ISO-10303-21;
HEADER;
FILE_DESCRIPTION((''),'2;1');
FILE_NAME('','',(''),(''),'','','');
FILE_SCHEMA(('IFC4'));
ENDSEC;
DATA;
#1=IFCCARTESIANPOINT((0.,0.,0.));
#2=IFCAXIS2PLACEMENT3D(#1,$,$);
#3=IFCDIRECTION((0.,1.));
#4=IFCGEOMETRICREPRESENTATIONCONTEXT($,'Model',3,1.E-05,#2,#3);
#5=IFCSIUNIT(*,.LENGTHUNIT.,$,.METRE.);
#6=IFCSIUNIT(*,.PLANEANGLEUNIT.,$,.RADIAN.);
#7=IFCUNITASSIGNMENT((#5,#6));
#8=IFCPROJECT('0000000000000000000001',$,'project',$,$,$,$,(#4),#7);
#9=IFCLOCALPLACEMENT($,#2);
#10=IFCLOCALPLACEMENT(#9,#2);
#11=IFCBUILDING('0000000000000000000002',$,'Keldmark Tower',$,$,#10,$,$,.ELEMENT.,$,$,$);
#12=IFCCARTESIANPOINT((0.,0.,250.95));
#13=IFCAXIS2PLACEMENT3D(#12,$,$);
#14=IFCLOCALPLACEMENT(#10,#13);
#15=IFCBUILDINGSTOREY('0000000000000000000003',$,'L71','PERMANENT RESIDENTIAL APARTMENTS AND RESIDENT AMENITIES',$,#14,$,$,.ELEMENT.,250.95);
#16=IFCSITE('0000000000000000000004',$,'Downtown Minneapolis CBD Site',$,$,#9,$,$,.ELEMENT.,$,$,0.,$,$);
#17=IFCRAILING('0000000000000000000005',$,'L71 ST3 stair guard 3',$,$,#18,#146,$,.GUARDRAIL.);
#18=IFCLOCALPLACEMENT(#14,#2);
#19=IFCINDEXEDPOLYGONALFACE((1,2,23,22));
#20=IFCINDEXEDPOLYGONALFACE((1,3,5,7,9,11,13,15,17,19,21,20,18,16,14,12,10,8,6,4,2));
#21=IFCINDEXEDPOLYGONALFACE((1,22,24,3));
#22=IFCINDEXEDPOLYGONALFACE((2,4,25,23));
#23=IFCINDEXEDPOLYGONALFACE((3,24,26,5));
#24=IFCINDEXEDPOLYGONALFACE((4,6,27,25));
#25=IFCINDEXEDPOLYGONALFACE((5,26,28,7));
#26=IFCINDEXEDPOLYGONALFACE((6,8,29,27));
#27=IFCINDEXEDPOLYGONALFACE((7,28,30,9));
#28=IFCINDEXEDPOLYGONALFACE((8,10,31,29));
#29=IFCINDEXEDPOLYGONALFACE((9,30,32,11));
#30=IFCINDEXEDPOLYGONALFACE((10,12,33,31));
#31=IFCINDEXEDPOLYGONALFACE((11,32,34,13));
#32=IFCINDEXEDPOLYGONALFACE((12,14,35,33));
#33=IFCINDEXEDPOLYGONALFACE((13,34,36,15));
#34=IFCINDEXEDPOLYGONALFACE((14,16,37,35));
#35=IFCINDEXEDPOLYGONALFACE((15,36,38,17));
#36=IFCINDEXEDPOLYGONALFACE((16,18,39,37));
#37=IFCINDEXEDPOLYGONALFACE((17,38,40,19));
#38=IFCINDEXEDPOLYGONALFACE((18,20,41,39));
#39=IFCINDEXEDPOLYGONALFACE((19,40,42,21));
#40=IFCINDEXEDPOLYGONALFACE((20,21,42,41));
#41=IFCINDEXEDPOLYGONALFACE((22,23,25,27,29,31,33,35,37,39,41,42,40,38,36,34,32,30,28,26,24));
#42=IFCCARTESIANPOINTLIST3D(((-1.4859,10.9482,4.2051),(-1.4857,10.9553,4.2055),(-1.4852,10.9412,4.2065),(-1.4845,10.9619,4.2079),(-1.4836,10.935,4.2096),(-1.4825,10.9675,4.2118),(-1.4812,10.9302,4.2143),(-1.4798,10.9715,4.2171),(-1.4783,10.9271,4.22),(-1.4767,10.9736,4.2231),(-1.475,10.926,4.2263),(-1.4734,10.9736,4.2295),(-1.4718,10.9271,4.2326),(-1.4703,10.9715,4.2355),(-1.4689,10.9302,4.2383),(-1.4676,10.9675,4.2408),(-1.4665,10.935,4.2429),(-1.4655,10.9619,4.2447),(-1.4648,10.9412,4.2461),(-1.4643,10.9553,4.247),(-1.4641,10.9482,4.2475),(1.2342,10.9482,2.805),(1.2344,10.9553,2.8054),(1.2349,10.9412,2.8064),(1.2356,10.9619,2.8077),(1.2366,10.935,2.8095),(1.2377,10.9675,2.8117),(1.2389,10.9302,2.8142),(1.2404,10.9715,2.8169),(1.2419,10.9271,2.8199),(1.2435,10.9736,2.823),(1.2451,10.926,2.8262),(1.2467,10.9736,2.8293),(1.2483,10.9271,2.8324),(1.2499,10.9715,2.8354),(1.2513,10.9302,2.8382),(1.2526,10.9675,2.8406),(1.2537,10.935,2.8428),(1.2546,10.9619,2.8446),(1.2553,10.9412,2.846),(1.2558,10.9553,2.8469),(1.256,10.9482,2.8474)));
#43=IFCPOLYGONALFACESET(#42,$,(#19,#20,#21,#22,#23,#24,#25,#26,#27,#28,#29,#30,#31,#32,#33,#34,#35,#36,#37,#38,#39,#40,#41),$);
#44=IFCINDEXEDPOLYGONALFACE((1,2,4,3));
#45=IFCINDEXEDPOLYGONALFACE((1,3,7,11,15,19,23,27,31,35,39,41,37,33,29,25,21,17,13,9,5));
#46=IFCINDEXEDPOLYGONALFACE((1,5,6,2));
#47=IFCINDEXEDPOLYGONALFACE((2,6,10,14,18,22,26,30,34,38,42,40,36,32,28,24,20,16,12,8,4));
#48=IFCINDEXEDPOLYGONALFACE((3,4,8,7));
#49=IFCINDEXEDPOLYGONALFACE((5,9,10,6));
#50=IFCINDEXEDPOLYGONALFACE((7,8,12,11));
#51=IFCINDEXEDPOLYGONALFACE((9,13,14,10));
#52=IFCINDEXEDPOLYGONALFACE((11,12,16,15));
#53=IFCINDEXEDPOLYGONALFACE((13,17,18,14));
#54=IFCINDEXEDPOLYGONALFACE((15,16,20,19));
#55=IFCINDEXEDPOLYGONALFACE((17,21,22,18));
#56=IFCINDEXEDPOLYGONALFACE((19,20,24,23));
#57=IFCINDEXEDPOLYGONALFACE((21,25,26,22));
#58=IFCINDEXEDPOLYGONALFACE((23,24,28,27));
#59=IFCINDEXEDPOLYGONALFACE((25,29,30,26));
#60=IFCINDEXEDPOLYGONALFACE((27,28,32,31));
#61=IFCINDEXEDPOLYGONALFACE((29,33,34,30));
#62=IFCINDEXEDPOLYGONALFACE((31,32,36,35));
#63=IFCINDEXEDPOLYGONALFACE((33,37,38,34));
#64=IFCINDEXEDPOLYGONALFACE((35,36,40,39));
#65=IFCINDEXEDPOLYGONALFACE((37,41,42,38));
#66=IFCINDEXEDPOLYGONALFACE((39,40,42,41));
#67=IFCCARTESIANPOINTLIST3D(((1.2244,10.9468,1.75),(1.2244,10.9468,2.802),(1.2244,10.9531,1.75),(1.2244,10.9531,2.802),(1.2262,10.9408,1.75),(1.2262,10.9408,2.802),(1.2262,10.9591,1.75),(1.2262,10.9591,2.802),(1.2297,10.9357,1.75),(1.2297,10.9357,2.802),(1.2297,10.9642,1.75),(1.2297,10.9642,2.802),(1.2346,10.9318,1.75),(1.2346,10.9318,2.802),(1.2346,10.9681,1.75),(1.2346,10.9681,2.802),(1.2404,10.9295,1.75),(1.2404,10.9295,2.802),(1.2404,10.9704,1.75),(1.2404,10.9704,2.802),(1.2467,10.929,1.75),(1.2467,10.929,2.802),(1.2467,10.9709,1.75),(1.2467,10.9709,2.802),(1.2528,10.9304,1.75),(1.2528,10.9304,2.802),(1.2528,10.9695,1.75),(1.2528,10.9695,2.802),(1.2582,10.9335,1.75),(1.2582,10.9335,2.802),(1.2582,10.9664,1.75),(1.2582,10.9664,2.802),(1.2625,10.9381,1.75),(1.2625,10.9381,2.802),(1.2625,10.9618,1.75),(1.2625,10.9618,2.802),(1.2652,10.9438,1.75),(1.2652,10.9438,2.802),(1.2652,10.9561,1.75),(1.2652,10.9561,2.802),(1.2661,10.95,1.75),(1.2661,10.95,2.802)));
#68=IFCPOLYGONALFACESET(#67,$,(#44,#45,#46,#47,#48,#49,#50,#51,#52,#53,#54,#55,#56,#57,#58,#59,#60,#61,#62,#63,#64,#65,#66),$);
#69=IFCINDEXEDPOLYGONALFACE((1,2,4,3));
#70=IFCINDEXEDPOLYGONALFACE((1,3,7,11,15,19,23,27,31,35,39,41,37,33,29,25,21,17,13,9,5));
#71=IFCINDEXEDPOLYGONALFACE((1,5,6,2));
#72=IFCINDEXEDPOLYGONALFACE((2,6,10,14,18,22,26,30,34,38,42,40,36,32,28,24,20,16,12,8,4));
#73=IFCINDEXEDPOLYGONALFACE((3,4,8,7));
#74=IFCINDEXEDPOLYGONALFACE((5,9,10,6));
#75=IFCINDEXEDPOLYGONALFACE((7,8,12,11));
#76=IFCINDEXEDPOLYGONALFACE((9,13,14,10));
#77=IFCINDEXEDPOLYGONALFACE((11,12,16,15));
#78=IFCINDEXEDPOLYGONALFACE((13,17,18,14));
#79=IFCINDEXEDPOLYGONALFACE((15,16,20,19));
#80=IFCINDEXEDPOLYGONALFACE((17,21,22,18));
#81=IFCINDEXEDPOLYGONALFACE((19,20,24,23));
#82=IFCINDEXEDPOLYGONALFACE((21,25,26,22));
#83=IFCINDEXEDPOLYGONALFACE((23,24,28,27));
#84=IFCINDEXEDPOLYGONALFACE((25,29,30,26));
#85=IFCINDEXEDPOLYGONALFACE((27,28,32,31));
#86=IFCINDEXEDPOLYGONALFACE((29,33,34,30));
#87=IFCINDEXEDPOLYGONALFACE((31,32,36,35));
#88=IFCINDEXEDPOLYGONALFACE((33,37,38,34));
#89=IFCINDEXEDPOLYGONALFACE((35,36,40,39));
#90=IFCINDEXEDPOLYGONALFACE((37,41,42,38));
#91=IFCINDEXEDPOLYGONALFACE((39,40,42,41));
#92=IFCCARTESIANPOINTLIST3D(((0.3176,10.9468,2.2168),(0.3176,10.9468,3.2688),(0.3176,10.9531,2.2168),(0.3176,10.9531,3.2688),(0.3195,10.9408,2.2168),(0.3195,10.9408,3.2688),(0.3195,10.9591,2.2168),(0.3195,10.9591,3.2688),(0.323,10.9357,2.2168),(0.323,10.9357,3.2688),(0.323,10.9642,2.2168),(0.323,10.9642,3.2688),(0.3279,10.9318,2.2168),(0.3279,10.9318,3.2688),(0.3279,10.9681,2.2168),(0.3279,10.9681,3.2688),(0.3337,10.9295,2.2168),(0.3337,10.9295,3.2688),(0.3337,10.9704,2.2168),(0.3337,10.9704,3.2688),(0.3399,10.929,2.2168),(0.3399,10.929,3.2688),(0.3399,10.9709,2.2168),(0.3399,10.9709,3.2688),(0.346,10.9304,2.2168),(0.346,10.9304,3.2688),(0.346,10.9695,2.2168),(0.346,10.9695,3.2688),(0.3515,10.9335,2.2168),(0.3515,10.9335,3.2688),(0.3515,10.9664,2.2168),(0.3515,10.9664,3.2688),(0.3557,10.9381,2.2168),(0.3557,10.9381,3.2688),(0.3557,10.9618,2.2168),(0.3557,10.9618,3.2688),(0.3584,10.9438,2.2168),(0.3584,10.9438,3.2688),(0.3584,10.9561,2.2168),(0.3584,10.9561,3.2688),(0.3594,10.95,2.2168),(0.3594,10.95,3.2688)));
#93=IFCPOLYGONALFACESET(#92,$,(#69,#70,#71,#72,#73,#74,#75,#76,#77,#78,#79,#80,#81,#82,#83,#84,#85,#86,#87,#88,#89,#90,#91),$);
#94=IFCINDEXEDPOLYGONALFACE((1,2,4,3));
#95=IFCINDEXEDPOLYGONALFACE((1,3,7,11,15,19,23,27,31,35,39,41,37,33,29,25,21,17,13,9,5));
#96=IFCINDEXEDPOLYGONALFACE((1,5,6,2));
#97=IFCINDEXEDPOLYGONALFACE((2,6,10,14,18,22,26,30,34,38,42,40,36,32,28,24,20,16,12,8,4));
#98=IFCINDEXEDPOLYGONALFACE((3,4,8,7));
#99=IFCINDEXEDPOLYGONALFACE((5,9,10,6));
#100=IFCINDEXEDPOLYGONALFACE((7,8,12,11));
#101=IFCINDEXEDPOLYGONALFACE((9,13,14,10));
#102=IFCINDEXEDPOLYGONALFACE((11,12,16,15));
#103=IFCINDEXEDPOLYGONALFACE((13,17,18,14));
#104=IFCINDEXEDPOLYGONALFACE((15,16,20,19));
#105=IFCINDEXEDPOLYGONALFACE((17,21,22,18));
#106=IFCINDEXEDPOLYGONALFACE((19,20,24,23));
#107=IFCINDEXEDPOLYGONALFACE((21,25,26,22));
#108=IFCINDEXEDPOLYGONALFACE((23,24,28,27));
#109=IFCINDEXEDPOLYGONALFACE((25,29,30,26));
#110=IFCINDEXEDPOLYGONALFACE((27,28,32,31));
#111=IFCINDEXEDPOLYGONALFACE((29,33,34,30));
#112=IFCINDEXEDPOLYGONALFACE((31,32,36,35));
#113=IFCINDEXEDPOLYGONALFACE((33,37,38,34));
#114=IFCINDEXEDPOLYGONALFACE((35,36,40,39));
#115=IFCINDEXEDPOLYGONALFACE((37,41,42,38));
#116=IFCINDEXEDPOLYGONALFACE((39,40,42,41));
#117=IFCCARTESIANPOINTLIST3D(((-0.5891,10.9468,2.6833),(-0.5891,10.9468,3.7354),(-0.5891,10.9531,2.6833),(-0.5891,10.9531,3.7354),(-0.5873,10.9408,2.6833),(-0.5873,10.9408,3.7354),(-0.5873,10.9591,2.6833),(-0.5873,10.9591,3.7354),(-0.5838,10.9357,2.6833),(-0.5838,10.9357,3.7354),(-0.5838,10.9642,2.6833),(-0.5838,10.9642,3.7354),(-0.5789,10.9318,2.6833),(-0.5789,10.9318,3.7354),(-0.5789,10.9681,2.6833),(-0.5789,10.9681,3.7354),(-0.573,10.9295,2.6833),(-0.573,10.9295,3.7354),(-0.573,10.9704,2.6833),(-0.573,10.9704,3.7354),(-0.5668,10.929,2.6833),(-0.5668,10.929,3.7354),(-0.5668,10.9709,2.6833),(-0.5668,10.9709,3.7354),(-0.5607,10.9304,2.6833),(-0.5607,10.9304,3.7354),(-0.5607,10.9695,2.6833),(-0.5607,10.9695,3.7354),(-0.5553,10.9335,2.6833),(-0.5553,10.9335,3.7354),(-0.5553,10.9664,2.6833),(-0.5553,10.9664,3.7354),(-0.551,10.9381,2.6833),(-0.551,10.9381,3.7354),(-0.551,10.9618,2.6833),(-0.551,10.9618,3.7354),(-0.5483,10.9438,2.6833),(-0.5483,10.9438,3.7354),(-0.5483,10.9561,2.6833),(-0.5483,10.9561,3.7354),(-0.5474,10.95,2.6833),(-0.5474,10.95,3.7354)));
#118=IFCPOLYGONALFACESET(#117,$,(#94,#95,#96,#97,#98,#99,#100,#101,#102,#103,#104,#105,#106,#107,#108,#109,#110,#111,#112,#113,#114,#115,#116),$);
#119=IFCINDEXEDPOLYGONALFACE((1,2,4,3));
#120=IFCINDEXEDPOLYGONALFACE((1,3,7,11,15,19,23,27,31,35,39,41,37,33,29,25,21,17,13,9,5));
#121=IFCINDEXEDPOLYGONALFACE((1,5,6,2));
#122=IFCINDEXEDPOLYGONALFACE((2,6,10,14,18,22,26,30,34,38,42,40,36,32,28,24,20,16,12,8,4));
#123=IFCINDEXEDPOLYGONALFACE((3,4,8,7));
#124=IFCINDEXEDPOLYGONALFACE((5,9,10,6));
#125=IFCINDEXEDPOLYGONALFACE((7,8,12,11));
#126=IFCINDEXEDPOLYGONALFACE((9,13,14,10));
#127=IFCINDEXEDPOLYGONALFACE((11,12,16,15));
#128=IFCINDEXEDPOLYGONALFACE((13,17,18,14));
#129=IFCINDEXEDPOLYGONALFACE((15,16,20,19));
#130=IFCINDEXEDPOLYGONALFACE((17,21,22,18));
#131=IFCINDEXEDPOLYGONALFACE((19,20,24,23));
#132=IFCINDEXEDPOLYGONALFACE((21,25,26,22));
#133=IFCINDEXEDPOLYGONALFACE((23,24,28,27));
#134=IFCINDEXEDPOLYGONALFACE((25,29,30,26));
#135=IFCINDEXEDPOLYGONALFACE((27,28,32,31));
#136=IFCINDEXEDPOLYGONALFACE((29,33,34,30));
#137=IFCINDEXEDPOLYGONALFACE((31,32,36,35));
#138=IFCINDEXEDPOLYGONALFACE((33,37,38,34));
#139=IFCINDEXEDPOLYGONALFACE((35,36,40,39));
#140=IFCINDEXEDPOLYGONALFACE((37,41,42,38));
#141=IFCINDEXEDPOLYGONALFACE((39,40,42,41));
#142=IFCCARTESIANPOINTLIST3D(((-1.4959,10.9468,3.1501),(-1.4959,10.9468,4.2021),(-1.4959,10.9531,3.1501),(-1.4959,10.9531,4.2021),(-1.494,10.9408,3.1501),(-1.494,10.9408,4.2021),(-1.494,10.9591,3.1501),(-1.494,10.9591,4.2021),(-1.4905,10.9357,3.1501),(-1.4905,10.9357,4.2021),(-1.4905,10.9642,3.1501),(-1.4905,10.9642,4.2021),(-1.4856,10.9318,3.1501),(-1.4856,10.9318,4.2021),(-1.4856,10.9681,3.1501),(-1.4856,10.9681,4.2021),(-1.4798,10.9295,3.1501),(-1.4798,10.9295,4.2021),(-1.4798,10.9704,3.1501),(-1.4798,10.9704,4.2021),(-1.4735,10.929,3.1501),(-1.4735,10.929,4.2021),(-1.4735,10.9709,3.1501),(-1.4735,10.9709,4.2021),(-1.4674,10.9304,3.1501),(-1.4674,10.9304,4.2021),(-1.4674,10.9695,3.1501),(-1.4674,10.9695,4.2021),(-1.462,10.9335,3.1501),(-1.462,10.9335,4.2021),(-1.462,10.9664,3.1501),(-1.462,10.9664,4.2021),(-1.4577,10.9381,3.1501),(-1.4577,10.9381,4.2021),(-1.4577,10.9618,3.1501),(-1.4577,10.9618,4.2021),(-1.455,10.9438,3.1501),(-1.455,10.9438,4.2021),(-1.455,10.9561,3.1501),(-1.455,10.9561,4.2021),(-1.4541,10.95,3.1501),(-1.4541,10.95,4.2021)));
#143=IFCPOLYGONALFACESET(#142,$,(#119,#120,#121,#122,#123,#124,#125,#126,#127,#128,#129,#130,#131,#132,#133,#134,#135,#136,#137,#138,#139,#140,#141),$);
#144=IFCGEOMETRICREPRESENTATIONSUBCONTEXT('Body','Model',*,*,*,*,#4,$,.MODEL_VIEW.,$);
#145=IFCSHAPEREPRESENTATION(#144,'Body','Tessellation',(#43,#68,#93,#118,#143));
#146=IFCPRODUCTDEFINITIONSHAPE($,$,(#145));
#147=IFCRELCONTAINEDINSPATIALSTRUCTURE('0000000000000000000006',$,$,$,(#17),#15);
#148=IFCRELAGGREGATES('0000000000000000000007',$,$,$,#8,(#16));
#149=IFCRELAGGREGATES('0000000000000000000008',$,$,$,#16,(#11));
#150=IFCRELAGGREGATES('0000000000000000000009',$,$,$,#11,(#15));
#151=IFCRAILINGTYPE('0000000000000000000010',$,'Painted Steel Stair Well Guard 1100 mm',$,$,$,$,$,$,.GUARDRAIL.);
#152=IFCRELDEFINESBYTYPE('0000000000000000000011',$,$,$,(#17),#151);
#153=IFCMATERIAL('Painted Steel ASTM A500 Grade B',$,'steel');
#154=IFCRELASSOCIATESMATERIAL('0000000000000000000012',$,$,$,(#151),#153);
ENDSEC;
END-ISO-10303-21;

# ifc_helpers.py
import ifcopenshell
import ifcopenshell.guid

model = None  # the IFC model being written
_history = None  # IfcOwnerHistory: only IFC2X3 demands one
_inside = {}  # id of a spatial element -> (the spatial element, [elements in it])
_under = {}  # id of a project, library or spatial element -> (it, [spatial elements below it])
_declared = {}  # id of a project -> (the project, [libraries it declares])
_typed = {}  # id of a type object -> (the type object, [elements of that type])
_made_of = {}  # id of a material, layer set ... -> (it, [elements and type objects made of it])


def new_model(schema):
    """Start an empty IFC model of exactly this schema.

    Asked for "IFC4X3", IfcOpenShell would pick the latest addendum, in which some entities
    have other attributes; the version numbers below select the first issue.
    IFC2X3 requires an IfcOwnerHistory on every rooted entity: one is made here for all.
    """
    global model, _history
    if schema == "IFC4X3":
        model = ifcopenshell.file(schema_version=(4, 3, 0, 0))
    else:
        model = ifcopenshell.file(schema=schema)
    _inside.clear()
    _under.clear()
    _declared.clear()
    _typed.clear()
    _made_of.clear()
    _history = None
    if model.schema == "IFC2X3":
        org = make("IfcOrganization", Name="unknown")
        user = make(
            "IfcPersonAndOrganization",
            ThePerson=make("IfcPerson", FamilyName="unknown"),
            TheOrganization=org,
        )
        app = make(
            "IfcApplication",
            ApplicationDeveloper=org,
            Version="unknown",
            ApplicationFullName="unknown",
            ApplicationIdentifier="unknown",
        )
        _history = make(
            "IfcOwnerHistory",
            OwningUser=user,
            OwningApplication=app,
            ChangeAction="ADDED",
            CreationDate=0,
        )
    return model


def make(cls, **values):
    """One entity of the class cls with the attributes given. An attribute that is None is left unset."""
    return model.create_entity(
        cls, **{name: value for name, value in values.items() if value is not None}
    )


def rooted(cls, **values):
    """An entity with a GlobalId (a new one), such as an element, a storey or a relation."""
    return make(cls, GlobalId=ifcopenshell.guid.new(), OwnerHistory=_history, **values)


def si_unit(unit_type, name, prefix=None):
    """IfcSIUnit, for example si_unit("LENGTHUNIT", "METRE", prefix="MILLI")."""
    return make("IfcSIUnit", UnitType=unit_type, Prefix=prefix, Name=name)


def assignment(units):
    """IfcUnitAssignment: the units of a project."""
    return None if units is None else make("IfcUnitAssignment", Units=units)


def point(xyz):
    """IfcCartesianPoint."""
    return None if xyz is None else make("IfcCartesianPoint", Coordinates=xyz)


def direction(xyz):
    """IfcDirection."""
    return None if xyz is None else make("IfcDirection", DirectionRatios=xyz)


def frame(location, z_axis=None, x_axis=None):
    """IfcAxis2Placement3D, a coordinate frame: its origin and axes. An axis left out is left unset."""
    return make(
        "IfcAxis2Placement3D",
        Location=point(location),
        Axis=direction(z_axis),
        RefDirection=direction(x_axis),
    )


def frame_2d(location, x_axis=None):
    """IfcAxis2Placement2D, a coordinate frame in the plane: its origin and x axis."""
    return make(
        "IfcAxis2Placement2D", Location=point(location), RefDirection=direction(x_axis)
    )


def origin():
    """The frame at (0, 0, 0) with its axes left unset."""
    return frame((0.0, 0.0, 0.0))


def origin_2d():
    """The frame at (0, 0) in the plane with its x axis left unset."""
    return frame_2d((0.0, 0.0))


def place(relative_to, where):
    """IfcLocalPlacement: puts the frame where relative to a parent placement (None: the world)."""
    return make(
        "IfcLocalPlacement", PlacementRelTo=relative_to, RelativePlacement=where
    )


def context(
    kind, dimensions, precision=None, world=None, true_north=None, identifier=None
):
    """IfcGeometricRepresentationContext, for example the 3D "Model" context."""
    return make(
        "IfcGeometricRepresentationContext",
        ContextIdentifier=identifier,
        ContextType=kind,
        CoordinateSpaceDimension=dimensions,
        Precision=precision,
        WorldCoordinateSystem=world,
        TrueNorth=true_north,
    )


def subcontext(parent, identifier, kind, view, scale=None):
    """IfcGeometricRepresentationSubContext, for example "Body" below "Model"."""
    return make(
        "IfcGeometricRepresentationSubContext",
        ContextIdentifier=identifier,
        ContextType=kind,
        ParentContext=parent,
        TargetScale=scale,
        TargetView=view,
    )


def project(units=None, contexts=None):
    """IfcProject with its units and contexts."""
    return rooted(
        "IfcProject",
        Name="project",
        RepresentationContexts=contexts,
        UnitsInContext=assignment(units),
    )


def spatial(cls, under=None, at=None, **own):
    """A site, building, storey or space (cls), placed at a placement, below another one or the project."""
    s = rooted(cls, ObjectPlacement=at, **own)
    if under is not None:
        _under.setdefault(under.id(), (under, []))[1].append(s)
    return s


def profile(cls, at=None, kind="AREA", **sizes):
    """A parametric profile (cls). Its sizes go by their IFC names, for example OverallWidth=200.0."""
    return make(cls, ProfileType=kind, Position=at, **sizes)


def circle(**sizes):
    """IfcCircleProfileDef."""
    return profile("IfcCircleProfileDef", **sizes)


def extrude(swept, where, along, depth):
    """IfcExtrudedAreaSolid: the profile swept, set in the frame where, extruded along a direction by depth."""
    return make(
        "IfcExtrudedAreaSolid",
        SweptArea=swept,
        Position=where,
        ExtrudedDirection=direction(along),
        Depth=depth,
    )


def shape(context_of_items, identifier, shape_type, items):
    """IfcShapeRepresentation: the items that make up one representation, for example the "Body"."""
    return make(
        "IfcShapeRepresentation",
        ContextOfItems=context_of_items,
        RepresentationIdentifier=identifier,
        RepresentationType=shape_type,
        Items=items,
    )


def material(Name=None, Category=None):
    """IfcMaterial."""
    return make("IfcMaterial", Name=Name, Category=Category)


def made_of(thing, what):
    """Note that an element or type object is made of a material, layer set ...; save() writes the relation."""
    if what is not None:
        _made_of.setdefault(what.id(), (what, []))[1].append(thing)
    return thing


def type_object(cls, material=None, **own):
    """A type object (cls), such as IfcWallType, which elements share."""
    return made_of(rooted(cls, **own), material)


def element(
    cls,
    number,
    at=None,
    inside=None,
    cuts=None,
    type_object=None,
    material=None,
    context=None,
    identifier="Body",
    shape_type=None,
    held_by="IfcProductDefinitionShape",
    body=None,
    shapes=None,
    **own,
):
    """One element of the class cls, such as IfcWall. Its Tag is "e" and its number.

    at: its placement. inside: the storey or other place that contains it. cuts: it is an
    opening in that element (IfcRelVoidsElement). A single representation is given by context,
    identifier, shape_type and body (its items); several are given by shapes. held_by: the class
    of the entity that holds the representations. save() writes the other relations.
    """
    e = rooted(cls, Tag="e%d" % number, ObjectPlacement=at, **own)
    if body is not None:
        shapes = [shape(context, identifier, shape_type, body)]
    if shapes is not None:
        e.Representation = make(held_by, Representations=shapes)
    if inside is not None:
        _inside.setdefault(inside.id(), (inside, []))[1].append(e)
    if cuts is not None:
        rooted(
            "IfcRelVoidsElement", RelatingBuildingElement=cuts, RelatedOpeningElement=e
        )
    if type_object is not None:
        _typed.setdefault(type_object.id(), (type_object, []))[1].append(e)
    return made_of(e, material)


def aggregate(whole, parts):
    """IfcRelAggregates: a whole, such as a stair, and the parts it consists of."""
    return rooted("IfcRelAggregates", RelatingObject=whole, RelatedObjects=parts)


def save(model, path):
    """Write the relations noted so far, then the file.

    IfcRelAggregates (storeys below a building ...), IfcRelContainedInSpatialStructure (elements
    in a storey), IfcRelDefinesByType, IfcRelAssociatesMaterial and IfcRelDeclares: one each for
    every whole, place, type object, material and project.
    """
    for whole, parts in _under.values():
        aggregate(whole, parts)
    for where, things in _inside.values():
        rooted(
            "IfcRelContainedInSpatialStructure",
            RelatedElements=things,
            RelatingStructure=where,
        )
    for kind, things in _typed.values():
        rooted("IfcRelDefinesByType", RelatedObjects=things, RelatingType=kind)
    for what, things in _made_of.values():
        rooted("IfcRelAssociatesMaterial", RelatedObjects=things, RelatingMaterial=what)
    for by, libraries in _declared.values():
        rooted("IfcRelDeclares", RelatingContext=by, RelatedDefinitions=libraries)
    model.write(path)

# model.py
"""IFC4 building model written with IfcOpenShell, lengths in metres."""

from ifc_helpers import new_model, si_unit, direction, frame, origin, origin_2d, place, context, subcontext, project, spatial, circle, extrude, material, type_object, element, save


model = new_model("IFC4")

# Units and contexts
model_context = context("Model", 3, precision=1e-05, world=origin(), true_north=direction((0.0, 1.0)))
body_context = subcontext(model_context, "Body", "Model", "MODEL_VIEW")
ifc_project = project(units=[si_unit("LENGTHUNIT", "METRE"), si_unit("PLANEANGLEUNIT", "RADIAN")], contexts=[model_context])

# Site, building, storey
site_placement = place(None, origin())
site = spatial("IfcSite", under=ifc_project, at=site_placement, Name="Downtown Minneapolis CBD Site", CompositionType="ELEMENT", RefElevation=0.0)
building_placement = place(site_placement, origin())
building = spatial("IfcBuilding", under=site, at=building_placement, Name="Keldmark Tower", CompositionType="ELEMENT")
storey_placement = place(building_placement, frame((0.0, 0.0, 250.95)))
storey = spatial("IfcBuildingStorey", under=building, at=storey_placement, Name="L71", Description="PERMANENT RESIDENTIAL APARTMENTS AND RESIDENT AMENITIES", CompositionType="ELEMENT", Elevation=250.95)

# Railing
ifc_material_1 = material(Name="Painted Steel ASTM A500 Grade B", Category="steel")
railing_type_1 = type_object("IfcRailingType", Name="Painted Steel Stair Well Guard 1100 mm", PredefinedType="GUARDRAIL", material=ifc_material_1)
railing_1_placement = place(storey_placement, frame((1.2451, 10.95, 1.75)))
element("IfcRailing", 1, at=railing_1_placement, inside=storey, type_object=railing_type_1, Name="L71 ST3 stair guard 3", PredefinedType="GUARDRAIL", context=body_context, shape_type="SweptSolid", body=[
    extrude(circle(Radius=0.0239, at=origin_2d()), frame((0.0, 0.0, 1.0762), z_axis=(-0.889131, 0.0, 0.457653), x_axis=(0.0, -1.0, 0.0)), (0.0, 0.0, 1.0), 3.0593),
    extrude(circle(Radius=0.021, at=origin_2d()), origin(), (0.0, 0.0, 1.0), 1.052),
    extrude(circle(Radius=0.021, at=origin_2d()), frame((-0.9067, 0.0, 0.4668)), (0.0, 0.0, 1.0), 1.052),
    extrude(circle(Radius=0.021, at=origin_2d()), frame((-1.8135, 0.0, 0.9333)), (0.0, 0.0, 1.0), 1.052),
    extrude(circle(Radius=0.021, at=origin_2d()), frame((-2.7202, 0.0, 1.4001)), (0.0, 0.0, 1.0), 1.052),
])

save(model, "model.ifc")
